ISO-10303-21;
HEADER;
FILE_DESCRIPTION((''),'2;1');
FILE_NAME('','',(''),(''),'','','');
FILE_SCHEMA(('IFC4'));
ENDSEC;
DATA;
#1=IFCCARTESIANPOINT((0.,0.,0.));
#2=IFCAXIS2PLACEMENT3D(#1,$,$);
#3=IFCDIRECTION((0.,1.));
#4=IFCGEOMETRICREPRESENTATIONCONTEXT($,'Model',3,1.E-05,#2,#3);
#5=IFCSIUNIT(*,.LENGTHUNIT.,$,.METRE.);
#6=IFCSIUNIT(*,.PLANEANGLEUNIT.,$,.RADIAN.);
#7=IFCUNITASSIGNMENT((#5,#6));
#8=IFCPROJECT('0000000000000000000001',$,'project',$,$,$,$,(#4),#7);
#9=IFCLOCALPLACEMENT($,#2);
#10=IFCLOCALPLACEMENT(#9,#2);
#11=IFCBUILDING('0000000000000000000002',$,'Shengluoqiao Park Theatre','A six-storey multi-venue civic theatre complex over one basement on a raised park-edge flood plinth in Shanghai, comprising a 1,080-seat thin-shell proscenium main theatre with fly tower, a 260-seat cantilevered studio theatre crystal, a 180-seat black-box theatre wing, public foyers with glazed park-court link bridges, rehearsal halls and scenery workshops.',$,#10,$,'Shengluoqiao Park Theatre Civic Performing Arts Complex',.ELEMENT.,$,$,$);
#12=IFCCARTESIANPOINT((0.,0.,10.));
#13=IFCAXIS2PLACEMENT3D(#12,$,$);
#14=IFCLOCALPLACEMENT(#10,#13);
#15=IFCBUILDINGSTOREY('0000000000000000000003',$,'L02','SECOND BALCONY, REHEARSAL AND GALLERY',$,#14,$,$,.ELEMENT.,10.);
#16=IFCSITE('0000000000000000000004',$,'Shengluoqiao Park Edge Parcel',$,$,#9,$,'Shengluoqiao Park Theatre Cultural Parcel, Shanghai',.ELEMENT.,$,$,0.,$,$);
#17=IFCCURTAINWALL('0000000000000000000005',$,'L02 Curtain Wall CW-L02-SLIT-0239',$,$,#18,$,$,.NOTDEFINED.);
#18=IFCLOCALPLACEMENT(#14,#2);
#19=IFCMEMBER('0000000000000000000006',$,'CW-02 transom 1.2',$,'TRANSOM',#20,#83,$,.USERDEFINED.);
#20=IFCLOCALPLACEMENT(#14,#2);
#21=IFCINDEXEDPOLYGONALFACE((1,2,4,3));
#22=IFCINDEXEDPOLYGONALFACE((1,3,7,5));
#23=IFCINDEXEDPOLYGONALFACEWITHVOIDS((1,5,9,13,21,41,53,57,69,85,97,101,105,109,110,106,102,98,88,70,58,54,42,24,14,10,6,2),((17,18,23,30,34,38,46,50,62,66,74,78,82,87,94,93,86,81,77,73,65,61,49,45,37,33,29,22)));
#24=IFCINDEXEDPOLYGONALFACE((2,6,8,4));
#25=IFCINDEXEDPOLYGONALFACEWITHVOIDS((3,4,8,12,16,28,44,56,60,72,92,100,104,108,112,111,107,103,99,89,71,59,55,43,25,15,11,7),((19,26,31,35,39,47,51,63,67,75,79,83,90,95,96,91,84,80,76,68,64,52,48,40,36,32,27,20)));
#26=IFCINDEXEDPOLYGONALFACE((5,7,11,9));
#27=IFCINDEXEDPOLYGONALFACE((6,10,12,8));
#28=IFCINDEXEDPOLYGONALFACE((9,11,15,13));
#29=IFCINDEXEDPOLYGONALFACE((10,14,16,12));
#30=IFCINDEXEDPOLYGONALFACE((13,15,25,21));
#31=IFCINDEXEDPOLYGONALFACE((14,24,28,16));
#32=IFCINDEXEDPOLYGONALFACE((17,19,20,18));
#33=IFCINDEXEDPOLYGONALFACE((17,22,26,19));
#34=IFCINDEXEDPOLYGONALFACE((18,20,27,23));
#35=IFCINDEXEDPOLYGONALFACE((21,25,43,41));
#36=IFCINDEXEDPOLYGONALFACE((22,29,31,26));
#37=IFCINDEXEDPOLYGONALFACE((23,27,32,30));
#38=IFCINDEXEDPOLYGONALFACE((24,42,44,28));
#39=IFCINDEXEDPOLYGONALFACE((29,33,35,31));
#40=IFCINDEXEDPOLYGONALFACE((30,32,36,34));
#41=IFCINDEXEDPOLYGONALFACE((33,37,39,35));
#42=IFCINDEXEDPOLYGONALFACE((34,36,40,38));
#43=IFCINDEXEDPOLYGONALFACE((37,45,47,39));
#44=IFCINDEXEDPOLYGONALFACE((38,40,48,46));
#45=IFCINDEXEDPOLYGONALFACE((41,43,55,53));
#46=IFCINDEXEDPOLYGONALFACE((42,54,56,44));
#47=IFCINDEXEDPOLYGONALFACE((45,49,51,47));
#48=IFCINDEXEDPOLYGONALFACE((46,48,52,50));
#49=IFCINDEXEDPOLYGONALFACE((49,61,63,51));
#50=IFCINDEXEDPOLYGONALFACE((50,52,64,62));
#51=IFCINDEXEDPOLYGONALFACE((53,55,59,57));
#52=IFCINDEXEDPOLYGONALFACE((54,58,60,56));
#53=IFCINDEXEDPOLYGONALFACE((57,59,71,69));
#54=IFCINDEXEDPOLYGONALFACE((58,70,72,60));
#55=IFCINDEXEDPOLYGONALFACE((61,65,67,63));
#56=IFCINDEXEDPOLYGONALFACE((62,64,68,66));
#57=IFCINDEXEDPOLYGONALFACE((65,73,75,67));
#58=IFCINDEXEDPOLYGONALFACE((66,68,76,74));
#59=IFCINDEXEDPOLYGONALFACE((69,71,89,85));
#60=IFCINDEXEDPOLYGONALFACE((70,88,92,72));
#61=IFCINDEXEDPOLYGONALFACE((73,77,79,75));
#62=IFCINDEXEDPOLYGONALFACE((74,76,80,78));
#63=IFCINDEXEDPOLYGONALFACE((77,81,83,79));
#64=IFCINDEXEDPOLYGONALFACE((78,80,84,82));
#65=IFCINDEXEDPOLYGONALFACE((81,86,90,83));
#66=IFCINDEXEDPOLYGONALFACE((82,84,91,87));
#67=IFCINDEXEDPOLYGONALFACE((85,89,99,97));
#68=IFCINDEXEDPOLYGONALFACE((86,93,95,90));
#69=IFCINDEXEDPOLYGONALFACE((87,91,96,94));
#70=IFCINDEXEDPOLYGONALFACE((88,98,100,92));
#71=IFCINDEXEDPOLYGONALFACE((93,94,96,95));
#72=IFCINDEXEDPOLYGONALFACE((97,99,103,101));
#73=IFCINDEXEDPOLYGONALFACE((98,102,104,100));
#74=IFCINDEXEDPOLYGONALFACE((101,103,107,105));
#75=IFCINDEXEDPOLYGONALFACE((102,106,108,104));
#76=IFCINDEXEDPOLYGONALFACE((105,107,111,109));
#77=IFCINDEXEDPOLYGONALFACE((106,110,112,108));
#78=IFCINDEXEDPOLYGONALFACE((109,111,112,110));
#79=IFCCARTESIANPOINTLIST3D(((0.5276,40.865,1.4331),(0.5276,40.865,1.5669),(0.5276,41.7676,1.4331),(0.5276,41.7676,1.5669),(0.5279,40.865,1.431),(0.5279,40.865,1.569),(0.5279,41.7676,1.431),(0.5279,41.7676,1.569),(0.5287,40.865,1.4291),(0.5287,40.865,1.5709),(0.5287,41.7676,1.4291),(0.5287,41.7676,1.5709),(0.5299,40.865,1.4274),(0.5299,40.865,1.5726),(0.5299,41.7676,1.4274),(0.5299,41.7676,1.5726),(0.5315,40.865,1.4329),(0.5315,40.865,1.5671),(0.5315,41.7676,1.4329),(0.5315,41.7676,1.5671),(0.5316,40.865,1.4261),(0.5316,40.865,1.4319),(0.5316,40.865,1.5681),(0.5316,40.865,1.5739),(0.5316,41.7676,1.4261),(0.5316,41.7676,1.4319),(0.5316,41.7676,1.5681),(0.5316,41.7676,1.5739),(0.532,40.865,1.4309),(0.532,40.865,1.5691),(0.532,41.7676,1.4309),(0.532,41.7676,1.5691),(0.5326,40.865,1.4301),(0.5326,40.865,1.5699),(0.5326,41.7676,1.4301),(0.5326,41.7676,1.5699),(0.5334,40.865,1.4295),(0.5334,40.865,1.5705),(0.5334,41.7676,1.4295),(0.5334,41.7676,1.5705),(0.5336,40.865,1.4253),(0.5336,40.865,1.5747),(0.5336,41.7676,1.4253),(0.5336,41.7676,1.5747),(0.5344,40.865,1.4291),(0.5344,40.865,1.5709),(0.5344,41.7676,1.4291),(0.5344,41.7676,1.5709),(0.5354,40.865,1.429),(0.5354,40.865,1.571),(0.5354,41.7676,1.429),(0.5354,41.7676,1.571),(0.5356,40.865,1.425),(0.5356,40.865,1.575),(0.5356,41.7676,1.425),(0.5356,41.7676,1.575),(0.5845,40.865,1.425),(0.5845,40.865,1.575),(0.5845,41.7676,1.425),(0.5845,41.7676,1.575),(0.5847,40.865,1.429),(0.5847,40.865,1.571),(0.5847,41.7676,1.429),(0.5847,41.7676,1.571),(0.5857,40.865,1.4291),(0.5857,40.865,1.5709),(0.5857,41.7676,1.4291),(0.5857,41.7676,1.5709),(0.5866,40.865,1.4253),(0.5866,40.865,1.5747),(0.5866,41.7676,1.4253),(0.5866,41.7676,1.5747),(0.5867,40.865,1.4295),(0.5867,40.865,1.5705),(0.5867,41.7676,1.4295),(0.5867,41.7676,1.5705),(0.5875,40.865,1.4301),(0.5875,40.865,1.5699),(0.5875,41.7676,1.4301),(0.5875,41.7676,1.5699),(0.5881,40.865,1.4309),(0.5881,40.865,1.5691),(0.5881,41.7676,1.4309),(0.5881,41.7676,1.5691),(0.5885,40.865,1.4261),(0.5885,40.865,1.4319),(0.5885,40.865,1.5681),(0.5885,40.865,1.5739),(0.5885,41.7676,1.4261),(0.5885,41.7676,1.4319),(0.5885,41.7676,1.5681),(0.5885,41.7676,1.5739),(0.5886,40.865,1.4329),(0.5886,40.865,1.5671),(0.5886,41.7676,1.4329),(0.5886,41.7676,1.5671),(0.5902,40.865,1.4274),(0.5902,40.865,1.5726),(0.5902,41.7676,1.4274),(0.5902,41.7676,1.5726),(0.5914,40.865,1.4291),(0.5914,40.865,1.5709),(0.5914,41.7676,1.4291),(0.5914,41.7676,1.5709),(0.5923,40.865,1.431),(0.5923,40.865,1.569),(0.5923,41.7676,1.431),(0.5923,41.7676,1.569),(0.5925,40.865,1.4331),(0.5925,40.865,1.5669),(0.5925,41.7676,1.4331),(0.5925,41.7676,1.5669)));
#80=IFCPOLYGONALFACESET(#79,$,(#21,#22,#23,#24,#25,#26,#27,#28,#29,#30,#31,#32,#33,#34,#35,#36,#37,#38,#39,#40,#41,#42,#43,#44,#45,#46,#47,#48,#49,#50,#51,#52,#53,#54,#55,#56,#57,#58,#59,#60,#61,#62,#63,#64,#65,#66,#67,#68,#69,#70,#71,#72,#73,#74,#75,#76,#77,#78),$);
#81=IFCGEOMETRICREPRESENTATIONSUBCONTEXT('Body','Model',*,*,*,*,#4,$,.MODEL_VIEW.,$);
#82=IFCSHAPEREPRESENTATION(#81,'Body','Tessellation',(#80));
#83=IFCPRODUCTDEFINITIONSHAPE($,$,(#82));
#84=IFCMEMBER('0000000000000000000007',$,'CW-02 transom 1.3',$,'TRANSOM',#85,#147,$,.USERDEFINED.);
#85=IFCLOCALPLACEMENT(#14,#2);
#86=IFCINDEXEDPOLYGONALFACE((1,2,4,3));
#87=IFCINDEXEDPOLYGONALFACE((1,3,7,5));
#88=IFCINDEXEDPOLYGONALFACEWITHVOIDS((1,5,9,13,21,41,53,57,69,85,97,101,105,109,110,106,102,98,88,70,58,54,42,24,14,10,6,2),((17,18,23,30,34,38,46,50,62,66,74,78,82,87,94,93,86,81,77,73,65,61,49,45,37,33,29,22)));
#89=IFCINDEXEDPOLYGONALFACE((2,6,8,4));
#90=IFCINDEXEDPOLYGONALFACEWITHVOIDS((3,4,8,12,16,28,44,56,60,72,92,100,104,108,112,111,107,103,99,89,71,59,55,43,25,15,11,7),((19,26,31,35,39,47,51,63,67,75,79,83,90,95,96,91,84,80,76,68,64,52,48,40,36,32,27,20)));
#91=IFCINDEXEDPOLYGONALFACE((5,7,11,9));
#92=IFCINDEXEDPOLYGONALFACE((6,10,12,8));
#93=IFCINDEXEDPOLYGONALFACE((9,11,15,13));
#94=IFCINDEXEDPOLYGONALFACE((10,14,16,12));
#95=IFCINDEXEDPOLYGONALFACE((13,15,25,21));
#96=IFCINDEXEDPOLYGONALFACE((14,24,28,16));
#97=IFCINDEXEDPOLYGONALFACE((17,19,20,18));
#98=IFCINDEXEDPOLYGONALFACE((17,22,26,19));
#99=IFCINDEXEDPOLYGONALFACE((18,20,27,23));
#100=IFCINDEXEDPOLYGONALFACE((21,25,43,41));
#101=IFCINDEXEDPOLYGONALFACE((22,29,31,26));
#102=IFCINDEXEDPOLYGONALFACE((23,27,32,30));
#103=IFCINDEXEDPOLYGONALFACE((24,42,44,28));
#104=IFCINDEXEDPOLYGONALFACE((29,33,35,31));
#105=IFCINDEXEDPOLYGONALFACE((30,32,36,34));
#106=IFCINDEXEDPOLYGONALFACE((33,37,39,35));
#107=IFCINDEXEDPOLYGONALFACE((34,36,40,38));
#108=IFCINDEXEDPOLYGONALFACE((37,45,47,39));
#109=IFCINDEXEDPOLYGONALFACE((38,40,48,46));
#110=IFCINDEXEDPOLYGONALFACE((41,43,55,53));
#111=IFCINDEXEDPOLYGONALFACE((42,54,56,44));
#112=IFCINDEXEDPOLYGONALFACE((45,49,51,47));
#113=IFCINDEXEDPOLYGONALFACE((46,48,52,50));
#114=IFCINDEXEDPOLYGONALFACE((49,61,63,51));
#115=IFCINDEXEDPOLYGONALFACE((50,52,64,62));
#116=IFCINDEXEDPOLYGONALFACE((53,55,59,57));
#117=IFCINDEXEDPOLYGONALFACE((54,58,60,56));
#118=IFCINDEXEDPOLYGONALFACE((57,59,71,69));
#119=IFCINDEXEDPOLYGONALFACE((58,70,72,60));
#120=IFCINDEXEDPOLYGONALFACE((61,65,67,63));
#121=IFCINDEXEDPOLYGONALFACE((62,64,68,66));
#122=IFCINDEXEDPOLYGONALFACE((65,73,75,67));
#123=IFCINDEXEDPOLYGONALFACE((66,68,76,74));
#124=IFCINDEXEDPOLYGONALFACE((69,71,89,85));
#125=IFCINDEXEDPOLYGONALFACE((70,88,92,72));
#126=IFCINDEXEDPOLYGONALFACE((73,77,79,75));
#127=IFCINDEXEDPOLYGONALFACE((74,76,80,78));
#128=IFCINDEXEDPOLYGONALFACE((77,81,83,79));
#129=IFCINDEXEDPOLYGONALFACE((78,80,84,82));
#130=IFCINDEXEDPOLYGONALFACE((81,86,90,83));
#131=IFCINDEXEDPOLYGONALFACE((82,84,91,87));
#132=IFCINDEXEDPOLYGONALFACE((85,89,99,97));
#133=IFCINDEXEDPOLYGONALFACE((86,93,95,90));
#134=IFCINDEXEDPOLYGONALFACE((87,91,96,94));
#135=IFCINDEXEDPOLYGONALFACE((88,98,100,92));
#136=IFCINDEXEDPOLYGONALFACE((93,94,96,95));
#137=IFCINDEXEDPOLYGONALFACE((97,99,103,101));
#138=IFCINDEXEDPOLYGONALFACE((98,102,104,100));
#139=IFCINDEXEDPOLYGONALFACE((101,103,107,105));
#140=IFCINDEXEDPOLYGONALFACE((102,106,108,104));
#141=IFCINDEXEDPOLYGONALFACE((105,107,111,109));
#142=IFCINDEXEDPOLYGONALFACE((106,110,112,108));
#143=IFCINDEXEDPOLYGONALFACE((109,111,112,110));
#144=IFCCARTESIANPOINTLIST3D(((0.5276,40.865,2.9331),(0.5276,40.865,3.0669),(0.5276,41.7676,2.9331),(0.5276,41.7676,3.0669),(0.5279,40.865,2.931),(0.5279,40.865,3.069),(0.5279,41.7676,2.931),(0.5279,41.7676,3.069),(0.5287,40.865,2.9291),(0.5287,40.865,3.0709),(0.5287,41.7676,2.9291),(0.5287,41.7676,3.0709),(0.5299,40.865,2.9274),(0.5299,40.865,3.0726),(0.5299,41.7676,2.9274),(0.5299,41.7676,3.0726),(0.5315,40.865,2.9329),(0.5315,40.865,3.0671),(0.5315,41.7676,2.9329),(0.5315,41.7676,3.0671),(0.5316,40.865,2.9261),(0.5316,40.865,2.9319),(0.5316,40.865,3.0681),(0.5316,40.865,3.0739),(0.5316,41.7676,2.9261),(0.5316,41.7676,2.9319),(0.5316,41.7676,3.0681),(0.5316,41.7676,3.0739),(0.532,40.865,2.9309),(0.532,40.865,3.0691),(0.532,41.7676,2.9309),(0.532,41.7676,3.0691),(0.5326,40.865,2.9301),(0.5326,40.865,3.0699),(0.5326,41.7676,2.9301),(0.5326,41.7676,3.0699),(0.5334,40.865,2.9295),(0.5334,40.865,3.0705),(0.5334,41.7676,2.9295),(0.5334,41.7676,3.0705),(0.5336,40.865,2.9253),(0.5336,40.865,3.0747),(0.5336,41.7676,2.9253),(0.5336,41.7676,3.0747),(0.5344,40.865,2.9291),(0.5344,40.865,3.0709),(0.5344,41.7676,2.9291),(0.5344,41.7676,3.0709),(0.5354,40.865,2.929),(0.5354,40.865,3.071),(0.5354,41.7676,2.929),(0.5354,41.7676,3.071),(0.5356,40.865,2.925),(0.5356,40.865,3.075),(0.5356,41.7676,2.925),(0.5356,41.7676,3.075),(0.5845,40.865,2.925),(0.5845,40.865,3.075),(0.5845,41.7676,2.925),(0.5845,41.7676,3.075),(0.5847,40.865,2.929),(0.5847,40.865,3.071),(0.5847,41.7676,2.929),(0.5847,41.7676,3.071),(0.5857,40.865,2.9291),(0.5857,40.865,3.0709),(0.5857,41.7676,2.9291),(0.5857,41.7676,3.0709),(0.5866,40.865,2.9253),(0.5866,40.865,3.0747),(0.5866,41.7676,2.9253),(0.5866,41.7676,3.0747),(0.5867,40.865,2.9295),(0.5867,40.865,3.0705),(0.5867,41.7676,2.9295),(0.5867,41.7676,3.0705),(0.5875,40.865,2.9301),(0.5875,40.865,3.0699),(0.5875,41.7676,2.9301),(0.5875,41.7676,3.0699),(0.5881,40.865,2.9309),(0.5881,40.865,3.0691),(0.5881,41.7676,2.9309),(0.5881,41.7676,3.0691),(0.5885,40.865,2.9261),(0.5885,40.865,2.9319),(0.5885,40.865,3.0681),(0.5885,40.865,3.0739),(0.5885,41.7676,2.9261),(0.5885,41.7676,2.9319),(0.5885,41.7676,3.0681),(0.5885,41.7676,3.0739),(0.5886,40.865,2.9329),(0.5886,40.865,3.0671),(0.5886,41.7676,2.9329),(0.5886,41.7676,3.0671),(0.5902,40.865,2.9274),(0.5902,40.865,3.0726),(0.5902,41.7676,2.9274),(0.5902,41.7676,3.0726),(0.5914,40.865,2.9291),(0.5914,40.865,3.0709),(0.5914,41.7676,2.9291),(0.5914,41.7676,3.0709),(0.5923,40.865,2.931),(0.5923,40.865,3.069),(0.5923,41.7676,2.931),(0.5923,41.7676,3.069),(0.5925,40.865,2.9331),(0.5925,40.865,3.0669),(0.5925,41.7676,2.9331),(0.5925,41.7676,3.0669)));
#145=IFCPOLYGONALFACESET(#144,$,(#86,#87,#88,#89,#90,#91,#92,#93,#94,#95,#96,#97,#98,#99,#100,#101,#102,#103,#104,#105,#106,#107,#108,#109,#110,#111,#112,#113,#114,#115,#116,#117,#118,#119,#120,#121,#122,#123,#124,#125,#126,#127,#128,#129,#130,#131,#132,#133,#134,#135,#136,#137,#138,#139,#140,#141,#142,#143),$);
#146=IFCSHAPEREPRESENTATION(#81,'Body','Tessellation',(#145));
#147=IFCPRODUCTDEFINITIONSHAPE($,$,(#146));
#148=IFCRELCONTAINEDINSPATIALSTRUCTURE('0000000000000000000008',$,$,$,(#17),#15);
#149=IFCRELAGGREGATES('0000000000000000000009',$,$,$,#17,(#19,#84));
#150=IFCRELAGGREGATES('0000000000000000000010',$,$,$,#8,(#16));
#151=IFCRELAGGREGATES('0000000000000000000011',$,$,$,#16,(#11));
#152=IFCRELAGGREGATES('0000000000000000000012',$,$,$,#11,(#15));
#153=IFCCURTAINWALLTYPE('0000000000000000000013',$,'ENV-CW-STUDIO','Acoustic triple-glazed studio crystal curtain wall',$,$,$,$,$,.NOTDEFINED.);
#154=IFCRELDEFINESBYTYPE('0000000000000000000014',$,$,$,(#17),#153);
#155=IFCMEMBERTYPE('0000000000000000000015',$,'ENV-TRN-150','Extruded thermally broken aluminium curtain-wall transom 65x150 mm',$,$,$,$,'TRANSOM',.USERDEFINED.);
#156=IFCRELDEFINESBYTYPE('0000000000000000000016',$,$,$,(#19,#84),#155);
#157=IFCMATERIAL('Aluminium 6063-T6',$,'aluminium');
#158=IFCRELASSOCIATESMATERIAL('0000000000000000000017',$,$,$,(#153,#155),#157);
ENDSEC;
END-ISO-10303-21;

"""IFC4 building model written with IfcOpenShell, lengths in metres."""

from ifc_helpers import new_model, si_unit, direction, frame, origin, origin_2d, place, context, subcontext, project, spatial, hollow_rectangle, extrude, material, material_profile, profile_set, type_object, element, aggregate, save


model = new_model("IFC4")

# Units and contexts
model_context = context("Model", 3, precision=1e-05, world=origin(), true_north=direction((0.0, 1.0)))
body_context = subcontext(model_context, "Body", "Model", "MODEL_VIEW")
ifc_project = project(units=[si_unit("LENGTHUNIT", "METRE"), si_unit("PLANEANGLEUNIT", "RADIAN")], contexts=[model_context])

# Site, building, storey
site_placement = place(None, origin())
site = spatial("IfcSite", under=ifc_project, at=site_placement, Name="Shengluoqiao Park Edge Parcel", LongName="Shengluoqiao Park Theatre Cultural Parcel, Shanghai", CompositionType="ELEMENT", RefElevation=0.0)
building_placement = place(site_placement, origin())
building = spatial("IfcBuilding", under=site, at=building_placement, Name="Shengluoqiao Park Theatre", Description="A six-storey multi-venue civic theatre complex over one basement on a raised park-edge flood plinth in Shanghai, comprising a 1,080-seat thin-shell proscenium main theatre with fly tower, a 260-seat cantilevered studio theatre crystal, a 180-seat black-box theatre wing, public foyers with glazed park-court link bridges, rehearsal halls and scenery workshops.", LongName="Shengluoqiao Park Theatre Civic Performing Arts Complex", CompositionType="ELEMENT")
storey_placement = place(building_placement, frame((0.0, 0.0, 10.0)))
storey = spatial("IfcBuildingStorey", under=building, at=storey_placement, Name="L02", Description="SECOND BALCONY, REHEARSAL AND GALLERY", CompositionType="ELEMENT", Elevation=10.0)

# Shared definitions
ifc_material_1 = material(Name="Aluminium 6063-T6", Category="aluminium")
curtain_wall_type = type_object("IfcCurtainWallType", Name="ENV-CW-STUDIO", Description="Acoustic triple-glazed studio crystal curtain wall", PredefinedType="NOTDEFINED", material=ifc_material_1)

# Curtain wall, members
curtain_wall_1_placement = place(storey_placement, origin())
curtain_wall_1 = element("IfcCurtainWall", 1, at=curtain_wall_1_placement, inside=storey, type_object=curtain_wall_type, Name="L02 Curtain Wall CW-L02-SLIT-0239", PredefinedType="NOTDEFINED")
ifc_material_profile_1 = material_profile(ifc_material_1, hollow_rectangle(XDim=0.0649, YDim=0.1499, WallThickness=0.0039, InnerFilletRadius=0.0039, OuterFilletRadius=0.0081, at=origin_2d()), Name="ALU TRANSOM 150x65x4")
ifc_profile_set_1 = profile_set([ifc_material_profile_1], Name="Aluminium 6063-T6")
member_type_1 = type_object("IfcMemberType", Name="ENV-TRN-150", Description="Extruded thermally broken aluminium curtain-wall transom 65x150 mm", ElementType="TRANSOM", PredefinedType="USERDEFINED", material=ifc_profile_set_1)
member_1_placement = place(storey_placement, frame((0.5601, 40.865, 1.5), z_axis=(0.0, 1.0, 0.0), x_axis=(-1.0, 0.0, 0.0)))
member_1 = element("IfcMember", 2, at=member_1_placement, type_object=member_type_1, Name="CW-02 transom 1.2", ObjectType="TRANSOM", PredefinedType="USERDEFINED", context=body_context, shape_type="SweptSolid", body=[
    extrude(hollow_rectangle(XDim=0.0649, YDim=0.1499, WallThickness=0.0039, InnerFilletRadius=0.0039, OuterFilletRadius=0.0081, at=origin_2d()), origin(), (0.0, 0.0, 1.0), 0.9026),
])
member_2_placement = place(storey_placement, frame((0.5601, 40.865, 3.0), z_axis=(0.0, 1.0, 0.0), x_axis=(-1.0, 0.0, 0.0)))
member_2 = element("IfcMember", 3, at=member_2_placement, type_object=member_type_1, Name="CW-02 transom 1.3", ObjectType="TRANSOM", PredefinedType="USERDEFINED", context=body_context, shape_type="SweptSolid", body=[
    extrude(hollow_rectangle(XDim=0.0649, YDim=0.1499, WallThickness=0.0039, InnerFilletRadius=0.0039, OuterFilletRadius=0.0081, at=origin_2d()), origin(), (0.0, 0.0, 1.0), 0.9026),
])

aggregate(curtain_wall_1, [member_1, member_2])

save(model, "model.ifc")
